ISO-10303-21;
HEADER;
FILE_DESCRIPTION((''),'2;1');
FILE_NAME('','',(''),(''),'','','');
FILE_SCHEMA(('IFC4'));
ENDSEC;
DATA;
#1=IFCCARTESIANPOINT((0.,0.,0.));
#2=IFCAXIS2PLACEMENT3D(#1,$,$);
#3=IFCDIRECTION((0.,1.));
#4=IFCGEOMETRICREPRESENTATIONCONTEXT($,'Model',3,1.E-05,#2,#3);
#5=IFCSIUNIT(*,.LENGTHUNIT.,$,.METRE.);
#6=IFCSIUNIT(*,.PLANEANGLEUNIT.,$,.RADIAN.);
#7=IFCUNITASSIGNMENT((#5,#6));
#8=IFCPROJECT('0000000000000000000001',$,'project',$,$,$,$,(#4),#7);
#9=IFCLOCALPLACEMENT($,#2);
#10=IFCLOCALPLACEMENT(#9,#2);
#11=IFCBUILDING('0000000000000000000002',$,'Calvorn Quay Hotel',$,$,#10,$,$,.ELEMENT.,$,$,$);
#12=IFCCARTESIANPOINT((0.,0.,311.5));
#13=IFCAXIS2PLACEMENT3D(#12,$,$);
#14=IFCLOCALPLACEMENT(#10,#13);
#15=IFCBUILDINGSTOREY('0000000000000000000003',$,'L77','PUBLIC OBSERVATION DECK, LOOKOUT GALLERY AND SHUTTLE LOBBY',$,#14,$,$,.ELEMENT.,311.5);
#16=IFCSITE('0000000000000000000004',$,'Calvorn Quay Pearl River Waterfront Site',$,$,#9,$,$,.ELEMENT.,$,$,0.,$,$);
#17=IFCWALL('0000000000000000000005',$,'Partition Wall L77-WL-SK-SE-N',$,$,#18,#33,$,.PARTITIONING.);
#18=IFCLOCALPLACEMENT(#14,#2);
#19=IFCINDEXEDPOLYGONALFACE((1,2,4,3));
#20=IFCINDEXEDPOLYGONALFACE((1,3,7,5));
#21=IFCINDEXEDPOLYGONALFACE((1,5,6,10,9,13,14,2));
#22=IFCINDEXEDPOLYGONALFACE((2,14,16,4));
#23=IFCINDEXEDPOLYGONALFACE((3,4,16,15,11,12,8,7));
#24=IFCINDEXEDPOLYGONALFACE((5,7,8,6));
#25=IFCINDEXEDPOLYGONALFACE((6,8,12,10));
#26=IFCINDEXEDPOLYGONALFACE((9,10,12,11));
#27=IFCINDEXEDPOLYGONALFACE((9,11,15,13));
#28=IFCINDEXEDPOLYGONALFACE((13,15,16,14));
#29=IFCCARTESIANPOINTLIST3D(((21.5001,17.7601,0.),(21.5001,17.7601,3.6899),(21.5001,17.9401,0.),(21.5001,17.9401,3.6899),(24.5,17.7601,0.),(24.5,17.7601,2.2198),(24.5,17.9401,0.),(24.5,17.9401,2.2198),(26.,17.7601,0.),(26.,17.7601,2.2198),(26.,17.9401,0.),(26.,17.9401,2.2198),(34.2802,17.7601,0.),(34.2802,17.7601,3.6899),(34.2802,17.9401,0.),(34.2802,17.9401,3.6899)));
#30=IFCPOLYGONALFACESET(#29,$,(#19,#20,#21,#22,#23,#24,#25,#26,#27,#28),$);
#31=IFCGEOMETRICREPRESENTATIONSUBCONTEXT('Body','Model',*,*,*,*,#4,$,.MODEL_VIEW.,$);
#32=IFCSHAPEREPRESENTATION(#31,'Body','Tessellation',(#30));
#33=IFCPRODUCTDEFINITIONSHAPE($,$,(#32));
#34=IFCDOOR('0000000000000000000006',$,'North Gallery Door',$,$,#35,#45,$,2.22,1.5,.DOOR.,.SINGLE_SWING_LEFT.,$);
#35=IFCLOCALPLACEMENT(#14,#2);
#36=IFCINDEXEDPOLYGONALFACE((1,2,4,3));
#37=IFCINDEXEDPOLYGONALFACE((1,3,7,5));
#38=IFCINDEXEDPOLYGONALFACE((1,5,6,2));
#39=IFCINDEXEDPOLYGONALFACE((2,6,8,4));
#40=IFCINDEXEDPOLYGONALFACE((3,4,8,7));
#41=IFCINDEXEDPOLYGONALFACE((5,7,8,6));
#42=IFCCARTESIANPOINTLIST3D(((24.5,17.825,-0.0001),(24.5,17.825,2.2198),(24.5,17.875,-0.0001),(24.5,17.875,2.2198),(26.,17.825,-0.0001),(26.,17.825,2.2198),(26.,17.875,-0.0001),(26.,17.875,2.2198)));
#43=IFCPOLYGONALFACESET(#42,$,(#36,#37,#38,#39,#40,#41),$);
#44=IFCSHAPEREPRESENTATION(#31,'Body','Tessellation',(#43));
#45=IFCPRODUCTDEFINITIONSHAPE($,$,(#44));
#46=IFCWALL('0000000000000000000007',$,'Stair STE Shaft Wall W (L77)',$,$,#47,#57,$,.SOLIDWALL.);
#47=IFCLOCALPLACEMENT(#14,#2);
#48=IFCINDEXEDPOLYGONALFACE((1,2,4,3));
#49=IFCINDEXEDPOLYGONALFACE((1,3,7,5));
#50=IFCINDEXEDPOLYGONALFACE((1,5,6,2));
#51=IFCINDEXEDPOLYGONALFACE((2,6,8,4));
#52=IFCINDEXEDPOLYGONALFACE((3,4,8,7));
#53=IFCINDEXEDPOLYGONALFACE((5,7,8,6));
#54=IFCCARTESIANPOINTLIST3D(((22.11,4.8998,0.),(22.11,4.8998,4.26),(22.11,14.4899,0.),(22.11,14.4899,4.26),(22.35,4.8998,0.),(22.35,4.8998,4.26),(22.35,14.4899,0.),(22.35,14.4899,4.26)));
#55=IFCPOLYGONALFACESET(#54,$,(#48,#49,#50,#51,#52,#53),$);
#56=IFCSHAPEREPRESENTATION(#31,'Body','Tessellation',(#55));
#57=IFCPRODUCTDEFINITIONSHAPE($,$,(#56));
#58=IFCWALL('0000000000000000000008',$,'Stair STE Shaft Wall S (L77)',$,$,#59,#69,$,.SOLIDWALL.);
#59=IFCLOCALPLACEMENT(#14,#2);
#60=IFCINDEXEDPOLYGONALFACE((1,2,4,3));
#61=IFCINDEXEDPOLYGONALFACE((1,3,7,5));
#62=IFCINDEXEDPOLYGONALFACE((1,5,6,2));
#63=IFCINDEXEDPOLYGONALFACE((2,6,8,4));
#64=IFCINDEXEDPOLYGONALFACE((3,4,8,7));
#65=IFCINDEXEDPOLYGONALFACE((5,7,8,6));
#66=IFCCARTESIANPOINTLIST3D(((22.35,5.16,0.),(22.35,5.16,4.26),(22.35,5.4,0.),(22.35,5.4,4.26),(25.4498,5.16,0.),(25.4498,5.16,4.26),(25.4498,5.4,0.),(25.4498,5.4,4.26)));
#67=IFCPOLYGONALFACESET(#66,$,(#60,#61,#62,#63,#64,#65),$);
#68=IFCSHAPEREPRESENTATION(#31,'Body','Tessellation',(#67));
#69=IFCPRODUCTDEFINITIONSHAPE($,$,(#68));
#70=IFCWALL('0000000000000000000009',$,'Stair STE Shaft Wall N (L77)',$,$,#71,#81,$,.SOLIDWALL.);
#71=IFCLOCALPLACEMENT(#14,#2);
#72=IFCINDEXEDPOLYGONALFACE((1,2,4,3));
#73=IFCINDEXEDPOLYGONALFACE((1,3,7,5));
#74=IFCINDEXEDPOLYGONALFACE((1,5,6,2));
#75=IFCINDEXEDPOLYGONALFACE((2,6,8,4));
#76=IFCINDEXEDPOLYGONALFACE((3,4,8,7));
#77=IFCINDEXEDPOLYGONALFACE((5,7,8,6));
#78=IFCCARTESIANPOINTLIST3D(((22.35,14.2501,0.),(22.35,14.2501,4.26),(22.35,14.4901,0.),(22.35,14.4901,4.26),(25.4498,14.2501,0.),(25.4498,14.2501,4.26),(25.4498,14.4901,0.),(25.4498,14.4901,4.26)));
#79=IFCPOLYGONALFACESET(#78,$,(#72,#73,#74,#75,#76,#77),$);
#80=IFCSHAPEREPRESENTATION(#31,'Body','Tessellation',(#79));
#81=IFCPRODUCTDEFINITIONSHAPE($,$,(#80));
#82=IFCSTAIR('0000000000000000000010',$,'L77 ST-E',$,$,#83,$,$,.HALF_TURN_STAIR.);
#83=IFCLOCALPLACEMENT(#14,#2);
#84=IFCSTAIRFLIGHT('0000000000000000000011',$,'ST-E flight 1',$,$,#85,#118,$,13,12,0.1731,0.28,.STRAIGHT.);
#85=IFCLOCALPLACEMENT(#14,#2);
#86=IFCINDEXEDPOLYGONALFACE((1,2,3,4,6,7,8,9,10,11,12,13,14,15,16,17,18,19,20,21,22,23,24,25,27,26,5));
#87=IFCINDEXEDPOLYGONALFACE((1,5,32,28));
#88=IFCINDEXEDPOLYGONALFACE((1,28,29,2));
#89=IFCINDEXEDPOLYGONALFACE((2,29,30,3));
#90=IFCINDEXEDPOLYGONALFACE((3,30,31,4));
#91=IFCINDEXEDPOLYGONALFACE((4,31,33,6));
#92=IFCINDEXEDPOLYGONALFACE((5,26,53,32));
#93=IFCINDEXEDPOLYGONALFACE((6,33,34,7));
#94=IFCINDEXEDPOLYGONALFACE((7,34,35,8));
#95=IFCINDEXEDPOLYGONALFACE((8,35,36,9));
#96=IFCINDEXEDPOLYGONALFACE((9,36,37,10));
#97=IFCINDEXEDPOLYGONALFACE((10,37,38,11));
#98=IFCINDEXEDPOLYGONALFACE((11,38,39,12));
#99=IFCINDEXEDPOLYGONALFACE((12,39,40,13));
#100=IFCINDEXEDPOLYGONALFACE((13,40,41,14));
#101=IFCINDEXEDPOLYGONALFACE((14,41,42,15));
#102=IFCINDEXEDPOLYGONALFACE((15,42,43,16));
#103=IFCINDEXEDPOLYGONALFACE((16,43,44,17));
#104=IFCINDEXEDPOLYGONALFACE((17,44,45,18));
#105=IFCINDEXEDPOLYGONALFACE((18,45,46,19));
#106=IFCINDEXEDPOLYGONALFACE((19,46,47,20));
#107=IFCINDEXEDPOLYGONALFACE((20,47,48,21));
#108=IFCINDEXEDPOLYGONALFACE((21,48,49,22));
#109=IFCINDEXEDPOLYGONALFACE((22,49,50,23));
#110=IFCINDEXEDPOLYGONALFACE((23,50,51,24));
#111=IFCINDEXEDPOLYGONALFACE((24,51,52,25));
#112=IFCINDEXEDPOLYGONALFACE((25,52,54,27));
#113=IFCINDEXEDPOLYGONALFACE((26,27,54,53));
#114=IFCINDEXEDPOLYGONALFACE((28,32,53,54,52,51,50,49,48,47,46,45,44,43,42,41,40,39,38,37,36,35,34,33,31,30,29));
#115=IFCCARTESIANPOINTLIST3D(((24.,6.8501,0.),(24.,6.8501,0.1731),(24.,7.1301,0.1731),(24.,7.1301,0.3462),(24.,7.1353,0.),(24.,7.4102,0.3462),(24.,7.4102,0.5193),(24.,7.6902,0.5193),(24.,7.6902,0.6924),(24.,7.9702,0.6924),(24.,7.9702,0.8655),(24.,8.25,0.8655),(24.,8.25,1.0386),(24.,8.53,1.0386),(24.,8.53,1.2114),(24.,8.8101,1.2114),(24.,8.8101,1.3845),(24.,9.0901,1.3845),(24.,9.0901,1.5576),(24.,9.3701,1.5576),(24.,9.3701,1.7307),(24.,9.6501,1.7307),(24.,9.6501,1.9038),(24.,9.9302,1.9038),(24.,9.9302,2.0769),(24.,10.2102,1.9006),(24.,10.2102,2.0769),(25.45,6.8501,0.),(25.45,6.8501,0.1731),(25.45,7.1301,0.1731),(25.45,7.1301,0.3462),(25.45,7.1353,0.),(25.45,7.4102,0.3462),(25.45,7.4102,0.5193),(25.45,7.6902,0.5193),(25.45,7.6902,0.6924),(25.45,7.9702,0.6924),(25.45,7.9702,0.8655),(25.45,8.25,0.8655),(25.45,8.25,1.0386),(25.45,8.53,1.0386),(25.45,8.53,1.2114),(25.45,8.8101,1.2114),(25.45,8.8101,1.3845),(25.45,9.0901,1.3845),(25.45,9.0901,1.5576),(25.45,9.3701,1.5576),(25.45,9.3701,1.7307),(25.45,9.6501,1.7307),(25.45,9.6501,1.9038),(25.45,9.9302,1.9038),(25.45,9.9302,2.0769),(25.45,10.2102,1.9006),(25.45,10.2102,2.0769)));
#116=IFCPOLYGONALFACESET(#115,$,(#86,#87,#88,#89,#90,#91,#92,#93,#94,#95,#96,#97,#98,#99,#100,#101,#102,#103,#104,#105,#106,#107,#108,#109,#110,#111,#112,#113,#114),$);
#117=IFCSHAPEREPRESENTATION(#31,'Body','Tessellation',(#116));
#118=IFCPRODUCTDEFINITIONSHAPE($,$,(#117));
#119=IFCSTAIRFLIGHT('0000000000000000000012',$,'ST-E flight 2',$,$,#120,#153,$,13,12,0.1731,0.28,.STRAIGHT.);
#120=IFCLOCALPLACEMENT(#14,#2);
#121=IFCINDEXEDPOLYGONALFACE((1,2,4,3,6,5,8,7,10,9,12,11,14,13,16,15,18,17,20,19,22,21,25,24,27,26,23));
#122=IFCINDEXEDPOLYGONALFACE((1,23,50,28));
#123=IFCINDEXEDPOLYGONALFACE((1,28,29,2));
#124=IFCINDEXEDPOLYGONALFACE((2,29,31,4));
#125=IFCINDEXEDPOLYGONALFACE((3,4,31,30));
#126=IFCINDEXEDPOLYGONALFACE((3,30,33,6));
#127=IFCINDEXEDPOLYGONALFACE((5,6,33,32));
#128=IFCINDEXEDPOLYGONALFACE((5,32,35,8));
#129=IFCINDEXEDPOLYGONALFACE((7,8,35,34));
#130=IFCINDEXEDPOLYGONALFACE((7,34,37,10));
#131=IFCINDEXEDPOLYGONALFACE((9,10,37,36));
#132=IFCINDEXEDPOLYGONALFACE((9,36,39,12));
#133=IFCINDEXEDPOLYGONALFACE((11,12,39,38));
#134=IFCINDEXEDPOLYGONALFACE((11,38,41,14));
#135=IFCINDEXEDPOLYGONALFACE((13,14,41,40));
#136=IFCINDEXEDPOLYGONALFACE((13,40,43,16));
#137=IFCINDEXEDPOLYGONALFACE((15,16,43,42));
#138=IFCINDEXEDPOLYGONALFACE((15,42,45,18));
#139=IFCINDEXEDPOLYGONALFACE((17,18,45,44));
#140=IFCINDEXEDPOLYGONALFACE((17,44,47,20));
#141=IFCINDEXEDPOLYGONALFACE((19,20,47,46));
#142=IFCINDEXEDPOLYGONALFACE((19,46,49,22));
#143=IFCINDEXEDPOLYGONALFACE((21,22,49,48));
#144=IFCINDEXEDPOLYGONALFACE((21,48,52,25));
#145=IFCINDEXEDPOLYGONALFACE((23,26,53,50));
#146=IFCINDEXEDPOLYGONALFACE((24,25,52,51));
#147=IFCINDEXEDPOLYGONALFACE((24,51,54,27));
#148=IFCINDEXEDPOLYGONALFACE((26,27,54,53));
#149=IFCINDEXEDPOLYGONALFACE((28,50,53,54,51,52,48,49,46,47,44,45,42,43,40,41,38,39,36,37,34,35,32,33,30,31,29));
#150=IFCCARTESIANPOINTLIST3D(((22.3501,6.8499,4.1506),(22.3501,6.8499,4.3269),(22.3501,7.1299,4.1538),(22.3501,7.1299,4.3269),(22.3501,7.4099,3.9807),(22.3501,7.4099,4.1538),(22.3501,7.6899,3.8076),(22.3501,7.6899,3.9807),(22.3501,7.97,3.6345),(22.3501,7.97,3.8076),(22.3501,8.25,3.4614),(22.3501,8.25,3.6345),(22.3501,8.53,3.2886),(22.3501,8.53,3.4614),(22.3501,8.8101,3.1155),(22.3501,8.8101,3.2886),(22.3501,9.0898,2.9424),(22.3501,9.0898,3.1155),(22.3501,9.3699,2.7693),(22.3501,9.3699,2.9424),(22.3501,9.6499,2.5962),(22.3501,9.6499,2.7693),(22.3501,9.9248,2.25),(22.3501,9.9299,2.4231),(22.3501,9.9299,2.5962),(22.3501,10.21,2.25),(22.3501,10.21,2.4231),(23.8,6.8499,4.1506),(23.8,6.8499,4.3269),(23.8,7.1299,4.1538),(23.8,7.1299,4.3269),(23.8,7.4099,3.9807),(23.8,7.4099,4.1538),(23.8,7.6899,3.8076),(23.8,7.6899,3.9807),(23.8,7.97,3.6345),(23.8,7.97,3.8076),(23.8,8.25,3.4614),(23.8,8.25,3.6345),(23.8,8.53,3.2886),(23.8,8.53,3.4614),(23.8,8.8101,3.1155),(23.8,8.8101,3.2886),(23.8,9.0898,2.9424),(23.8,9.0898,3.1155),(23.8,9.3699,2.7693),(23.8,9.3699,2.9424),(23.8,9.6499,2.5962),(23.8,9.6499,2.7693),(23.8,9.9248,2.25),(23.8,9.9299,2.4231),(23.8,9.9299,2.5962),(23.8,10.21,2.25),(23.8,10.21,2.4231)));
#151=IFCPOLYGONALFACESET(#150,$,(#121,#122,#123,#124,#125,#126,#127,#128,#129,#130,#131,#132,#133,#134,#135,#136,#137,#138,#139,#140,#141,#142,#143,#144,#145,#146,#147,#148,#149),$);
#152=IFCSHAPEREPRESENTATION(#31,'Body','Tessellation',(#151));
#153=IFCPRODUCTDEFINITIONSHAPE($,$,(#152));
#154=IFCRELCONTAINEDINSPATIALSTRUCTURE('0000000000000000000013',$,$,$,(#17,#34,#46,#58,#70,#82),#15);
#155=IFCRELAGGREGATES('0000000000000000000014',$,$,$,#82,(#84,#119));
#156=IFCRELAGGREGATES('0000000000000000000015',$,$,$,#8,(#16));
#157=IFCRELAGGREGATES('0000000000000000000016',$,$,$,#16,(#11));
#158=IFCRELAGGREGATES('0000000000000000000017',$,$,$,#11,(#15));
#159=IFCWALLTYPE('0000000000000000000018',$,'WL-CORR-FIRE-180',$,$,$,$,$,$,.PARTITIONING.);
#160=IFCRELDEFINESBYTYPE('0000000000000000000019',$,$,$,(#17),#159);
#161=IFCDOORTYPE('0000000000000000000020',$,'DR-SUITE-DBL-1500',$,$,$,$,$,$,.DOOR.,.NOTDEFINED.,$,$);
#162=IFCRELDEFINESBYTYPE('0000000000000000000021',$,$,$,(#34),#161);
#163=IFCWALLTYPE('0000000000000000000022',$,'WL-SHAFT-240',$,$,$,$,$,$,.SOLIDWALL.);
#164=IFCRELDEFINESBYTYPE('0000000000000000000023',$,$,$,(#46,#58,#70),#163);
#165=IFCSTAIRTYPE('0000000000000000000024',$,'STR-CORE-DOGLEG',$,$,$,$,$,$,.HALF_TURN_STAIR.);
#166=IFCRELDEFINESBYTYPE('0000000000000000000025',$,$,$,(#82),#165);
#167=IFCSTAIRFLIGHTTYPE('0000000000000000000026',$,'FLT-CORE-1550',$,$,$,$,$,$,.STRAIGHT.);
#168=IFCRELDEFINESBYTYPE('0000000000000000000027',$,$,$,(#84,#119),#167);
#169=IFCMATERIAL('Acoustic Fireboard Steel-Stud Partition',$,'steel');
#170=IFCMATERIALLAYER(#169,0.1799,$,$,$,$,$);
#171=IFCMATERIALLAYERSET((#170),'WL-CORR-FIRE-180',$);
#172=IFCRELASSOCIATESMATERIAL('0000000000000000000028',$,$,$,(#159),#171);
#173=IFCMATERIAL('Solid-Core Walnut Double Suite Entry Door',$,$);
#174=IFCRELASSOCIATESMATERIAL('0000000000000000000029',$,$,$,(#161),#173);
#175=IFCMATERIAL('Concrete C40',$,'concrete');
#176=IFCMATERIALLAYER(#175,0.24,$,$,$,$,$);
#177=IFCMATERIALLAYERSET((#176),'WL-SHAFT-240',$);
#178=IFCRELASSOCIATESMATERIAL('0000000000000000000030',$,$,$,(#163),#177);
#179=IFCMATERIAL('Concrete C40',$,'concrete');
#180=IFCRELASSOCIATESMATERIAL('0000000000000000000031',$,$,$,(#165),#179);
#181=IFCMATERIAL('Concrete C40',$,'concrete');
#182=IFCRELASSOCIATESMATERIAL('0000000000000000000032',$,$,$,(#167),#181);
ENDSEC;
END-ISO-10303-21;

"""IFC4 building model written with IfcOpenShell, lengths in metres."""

from ifc_helpers import new_model, si_unit, direction, frame, frame_2d, origin, place, context, subcontext, project, spatial, polyline, rectangle, outline, extrude, material, layer, layer_set, type_object, element, fill, aggregate, save


model = new_model("IFC4")

# Units and contexts
model_context = context("Model", 3, precision=1e-05, world=origin(), true_north=direction((0.0, 1.0)))
body_context = subcontext(model_context, "Body", "Model", "MODEL_VIEW")
ifc_project = project(units=[si_unit("LENGTHUNIT", "METRE"), si_unit("PLANEANGLEUNIT", "RADIAN")], contexts=[model_context])

# Site, building, storey
site_placement = place(None, origin())
site = spatial("IfcSite", under=ifc_project, at=site_placement, Name="Calvorn Quay Pearl River Waterfront Site", CompositionType="ELEMENT", RefElevation=0.0)
building_placement = place(site_placement, origin())
building = spatial("IfcBuilding", under=site, at=building_placement, Name="Calvorn Quay Hotel", CompositionType="ELEMENT")
storey_placement = place(building_placement, frame((0.0, 0.0, 311.5)))
storey = spatial("IfcBuildingStorey", under=building, at=storey_placement, Name="L77", Description="PUBLIC OBSERVATION DECK, LOOKOUT GALLERY AND SHUTTLE LOBBY", CompositionType="ELEMENT", Elevation=311.5)

# Wall, opening, door
ifc_material_1 = material(Name="Acoustic Fireboard Steel-Stud Partition", Category="steel")
ifc_layer_1 = layer(ifc_material_1, 0.1799)
ifc_layer_set_1 = layer_set([ifc_layer_1], Name="WL-CORR-FIRE-180")
wall_type_1 = type_object("IfcWallType", Name="WL-CORR-FIRE-180", PredefinedType="PARTITIONING", material=ifc_layer_set_1)
ifc_material_2 = material(Name="Solid-Core Walnut Double Suite Entry Door")
door_type_1 = type_object("IfcDoorType", Name="DR-SUITE-DBL-1500", OperationType="NOTDEFINED", PredefinedType="DOOR", material=ifc_material_2)
wall_1_placement = place(storey_placement, frame((21.5, 17.8501, 0.0), z_axis=(0.0, 0.0, 1.0), x_axis=(1.0, 0.0, 0.0)))
wall_1 = element("IfcWall", 1, at=wall_1_placement, inside=storey, type_object=wall_type_1, Name="Partition Wall L77-WL-SK-SE-N", PredefinedType="PARTITIONING", context=body_context, shape_type="SweptSolid", body=[
    extrude(rectangle(XDim=12.78, YDim=0.1799, at=frame_2d((6.3901, 0.0))), origin(), (0.0, 0.0, 1.0), 3.6899),
])
opening_1_placement = place(wall_1_placement, frame((3.0, 0.0, 0.0)))
opening_1 = element("IfcOpeningElement", 2, at=opening_1_placement, cuts=wall_1, PredefinedType="OPENING", context=body_context, shape_type="SweptSolid", body=[
    extrude(rectangle(XDim=1.5, YDim=2.22, at=frame_2d((0.75, 1.1099))), frame((0.0, 0.0999, 0.0), z_axis=(0.0, -1.0, 0.0), x_axis=(1.0, 0.0, 0.0)), (0.0, 0.0, 1.0), 0.2),
])
door_1_placement = place(opening_1_placement, origin())
door_1 = element("IfcDoor", 3, at=door_1_placement, inside=storey, type_object=door_type_1, Name="North Gallery Door", OperationType="SINGLE_SWING_LEFT", OverallHeight=2.22, OverallWidth=1.5, PredefinedType="DOOR", context=body_context, shape_type="SweptSolid", body=[
    extrude(rectangle(XDim=1.5, YDim=2.22, at=frame_2d((0.75, 1.1099))), frame((0.0, 0.0249, 0.0), z_axis=(0.0, -1.0, 0.0), x_axis=(1.0, 0.0, 0.0)), (0.0, 0.0, 1.0), 0.05),
])
fill(opening_1, door_1)

# Walls
ifc_material_3 = material(Name="Concrete C40", Category="concrete")
ifc_layer_2 = layer(ifc_material_3, 0.24)
ifc_layer_set_2 = layer_set([ifc_layer_2], Name="WL-SHAFT-240")
wall_type_2 = type_object("IfcWallType", Name="WL-SHAFT-240", PredefinedType="SOLIDWALL", material=ifc_layer_set_2)
wall_2_placement = place(storey_placement, frame((22.23, 4.8999, 0.0), z_axis=(0.0, 0.0, 1.0), x_axis=(0.0, 1.0, 0.0)))
element("IfcWall", 4, at=wall_2_placement, inside=storey, type_object=wall_type_2, Name="Stair STE Shaft Wall W (L77)", PredefinedType="SOLIDWALL", context=body_context, shape_type="SweptSolid", body=[
    extrude(rectangle(XDim=9.5901, YDim=0.24, at=frame_2d((4.7949, 0.0))), origin(), (0.0, 0.0, 1.0), 4.26),
])
for number, where, z_axis, x_axis, name in (
    (5, (22.3501, 5.28, 0.0), (0.0, 0.0, 1.0), (1.0, 0.0, 0.0), "Stair STE Shaft Wall S (L77)"),
    (6, (22.3501, 14.3701, 0.0), (0.0, 0.0, 1.0), (1.0, 0.0, 0.0), "Stair STE Shaft Wall N (L77)"),
):
    element("IfcWall", number, at=place(storey_placement, frame(where, z_axis=z_axis, x_axis=x_axis)), inside=storey, type_object=wall_type_2, Name=name, PredefinedType="SOLIDWALL", context=body_context, shape_type="SweptSolid", body=[
        extrude(rectangle(XDim=3.0999, YDim=0.24, at=frame_2d((1.5498, 0.0))), origin(), (0.0, 0.0, 1.0), 4.26),
    ])

# Stair, stair flights
ifc_material_4 = material(Name="Concrete C40", Category="concrete")
stair_type = type_object("IfcStairType", Name="STR-CORE-DOGLEG", PredefinedType="HALF_TURN_STAIR", material=ifc_material_4)
stair_placement = place(storey_placement, origin())
stair = element("IfcStair", 7, at=stair_placement, inside=storey, type_object=stair_type, Name="L77 ST-E", PredefinedType="HALF_TURN_STAIR")
ifc_material_5 = material(Name="Concrete C40", Category="concrete")
stair_flight_type = type_object("IfcStairFlightType", Name="FLT-CORE-1550", PredefinedType="STRAIGHT", material=ifc_material_5)
stair_flight_1_placement = place(storey_placement, frame((24.7251, 6.8501, 0.0), z_axis=(0.0, 0.0, 1.0), x_axis=(0.0, 1.0, 0.0)))
stair_flight_1 = element("IfcStairFlight", 8, at=stair_flight_1_placement, type_object=stair_flight_type, Name="ST-E flight 1", NumberOfRisers=13, NumberOfTreads=12, PredefinedType="STRAIGHT", RiserHeight=0.1731, TreadLength=0.28, context=body_context, shape_type="SweptSolid", body=[
    extrude(outline(polyline([(0.0, 0.0), (0.0, 0.1731), (0.28, 0.1731), (0.28, 0.3462), (0.5601, 0.3462), (0.5601, 0.5193), (0.8401, 0.5193), (0.8401, 0.6924), (1.1201, 0.6924), (1.1201, 0.8655), (1.3999, 0.8655), (1.3999, 1.0386), (1.6799, 1.0386), (1.6799, 1.2114), (1.96, 1.2114), (1.96, 1.3845), (2.24, 1.3845), (2.24, 1.5576), (2.52, 1.5576), (2.52, 1.7307), (2.8, 1.7307), (2.8, 1.9038), (3.0801, 1.9038), (3.0801, 2.0769), (3.3601, 2.0769), (3.3601, 2.25), (3.3601, 1.9006), (0.2852, 0.0), (0.0, 0.0)])), frame((0.0, 0.7251, 0.0), z_axis=(0.0, -1.0, 0.0), x_axis=(1.0, 0.0, 0.0)), (0.0, 0.0, 1.0), 1.45),
])
stair_flight_2_placement = place(storey_placement, frame((23.075, 10.21, 2.25), z_axis=(0.0, 0.0, 1.0), x_axis=(0.0, -1.0, 0.0)))
stair_flight_2 = element("IfcStairFlight", 9, at=stair_flight_2_placement, type_object=stair_flight_type, Name="ST-E flight 2", NumberOfRisers=13, NumberOfTreads=12, PredefinedType="STRAIGHT", RiserHeight=0.1731, TreadLength=0.28, context=body_context, shape_type="SweptSolid", body=[
    extrude(outline(polyline([(0.0, 0.0), (0.0, 0.1731), (0.28, 0.1731), (0.28, 0.3462), (0.5601, 0.3462), (0.5601, 0.5193), (0.8401, 0.5193), (0.8401, 0.6924), (1.1201, 0.6924), (1.1201, 0.8655), (1.3999, 0.8655), (1.3999, 1.0386), (1.6799, 1.0386), (1.6799, 1.2114), (1.96, 1.2114), (1.96, 1.3845), (2.24, 1.3845), (2.24, 1.5576), (2.52, 1.5576), (2.52, 1.7307), (2.8, 1.7307), (2.8, 1.9038), (3.0801, 1.9038), (3.0801, 2.0769), (3.3601, 2.0769), (3.3601, 2.25), (3.3601, 1.9006), (0.2852, 0.0), (0.0, 0.0)])), frame((0.0, 0.7251, 0.0), z_axis=(0.0, -1.0, 0.0), x_axis=(1.0, 0.0, 0.0)), (0.0, 0.0, 1.0), 1.45),
])
aggregate(stair, [stair_flight_1, stair_flight_2])

save(model, "model.ifc")
